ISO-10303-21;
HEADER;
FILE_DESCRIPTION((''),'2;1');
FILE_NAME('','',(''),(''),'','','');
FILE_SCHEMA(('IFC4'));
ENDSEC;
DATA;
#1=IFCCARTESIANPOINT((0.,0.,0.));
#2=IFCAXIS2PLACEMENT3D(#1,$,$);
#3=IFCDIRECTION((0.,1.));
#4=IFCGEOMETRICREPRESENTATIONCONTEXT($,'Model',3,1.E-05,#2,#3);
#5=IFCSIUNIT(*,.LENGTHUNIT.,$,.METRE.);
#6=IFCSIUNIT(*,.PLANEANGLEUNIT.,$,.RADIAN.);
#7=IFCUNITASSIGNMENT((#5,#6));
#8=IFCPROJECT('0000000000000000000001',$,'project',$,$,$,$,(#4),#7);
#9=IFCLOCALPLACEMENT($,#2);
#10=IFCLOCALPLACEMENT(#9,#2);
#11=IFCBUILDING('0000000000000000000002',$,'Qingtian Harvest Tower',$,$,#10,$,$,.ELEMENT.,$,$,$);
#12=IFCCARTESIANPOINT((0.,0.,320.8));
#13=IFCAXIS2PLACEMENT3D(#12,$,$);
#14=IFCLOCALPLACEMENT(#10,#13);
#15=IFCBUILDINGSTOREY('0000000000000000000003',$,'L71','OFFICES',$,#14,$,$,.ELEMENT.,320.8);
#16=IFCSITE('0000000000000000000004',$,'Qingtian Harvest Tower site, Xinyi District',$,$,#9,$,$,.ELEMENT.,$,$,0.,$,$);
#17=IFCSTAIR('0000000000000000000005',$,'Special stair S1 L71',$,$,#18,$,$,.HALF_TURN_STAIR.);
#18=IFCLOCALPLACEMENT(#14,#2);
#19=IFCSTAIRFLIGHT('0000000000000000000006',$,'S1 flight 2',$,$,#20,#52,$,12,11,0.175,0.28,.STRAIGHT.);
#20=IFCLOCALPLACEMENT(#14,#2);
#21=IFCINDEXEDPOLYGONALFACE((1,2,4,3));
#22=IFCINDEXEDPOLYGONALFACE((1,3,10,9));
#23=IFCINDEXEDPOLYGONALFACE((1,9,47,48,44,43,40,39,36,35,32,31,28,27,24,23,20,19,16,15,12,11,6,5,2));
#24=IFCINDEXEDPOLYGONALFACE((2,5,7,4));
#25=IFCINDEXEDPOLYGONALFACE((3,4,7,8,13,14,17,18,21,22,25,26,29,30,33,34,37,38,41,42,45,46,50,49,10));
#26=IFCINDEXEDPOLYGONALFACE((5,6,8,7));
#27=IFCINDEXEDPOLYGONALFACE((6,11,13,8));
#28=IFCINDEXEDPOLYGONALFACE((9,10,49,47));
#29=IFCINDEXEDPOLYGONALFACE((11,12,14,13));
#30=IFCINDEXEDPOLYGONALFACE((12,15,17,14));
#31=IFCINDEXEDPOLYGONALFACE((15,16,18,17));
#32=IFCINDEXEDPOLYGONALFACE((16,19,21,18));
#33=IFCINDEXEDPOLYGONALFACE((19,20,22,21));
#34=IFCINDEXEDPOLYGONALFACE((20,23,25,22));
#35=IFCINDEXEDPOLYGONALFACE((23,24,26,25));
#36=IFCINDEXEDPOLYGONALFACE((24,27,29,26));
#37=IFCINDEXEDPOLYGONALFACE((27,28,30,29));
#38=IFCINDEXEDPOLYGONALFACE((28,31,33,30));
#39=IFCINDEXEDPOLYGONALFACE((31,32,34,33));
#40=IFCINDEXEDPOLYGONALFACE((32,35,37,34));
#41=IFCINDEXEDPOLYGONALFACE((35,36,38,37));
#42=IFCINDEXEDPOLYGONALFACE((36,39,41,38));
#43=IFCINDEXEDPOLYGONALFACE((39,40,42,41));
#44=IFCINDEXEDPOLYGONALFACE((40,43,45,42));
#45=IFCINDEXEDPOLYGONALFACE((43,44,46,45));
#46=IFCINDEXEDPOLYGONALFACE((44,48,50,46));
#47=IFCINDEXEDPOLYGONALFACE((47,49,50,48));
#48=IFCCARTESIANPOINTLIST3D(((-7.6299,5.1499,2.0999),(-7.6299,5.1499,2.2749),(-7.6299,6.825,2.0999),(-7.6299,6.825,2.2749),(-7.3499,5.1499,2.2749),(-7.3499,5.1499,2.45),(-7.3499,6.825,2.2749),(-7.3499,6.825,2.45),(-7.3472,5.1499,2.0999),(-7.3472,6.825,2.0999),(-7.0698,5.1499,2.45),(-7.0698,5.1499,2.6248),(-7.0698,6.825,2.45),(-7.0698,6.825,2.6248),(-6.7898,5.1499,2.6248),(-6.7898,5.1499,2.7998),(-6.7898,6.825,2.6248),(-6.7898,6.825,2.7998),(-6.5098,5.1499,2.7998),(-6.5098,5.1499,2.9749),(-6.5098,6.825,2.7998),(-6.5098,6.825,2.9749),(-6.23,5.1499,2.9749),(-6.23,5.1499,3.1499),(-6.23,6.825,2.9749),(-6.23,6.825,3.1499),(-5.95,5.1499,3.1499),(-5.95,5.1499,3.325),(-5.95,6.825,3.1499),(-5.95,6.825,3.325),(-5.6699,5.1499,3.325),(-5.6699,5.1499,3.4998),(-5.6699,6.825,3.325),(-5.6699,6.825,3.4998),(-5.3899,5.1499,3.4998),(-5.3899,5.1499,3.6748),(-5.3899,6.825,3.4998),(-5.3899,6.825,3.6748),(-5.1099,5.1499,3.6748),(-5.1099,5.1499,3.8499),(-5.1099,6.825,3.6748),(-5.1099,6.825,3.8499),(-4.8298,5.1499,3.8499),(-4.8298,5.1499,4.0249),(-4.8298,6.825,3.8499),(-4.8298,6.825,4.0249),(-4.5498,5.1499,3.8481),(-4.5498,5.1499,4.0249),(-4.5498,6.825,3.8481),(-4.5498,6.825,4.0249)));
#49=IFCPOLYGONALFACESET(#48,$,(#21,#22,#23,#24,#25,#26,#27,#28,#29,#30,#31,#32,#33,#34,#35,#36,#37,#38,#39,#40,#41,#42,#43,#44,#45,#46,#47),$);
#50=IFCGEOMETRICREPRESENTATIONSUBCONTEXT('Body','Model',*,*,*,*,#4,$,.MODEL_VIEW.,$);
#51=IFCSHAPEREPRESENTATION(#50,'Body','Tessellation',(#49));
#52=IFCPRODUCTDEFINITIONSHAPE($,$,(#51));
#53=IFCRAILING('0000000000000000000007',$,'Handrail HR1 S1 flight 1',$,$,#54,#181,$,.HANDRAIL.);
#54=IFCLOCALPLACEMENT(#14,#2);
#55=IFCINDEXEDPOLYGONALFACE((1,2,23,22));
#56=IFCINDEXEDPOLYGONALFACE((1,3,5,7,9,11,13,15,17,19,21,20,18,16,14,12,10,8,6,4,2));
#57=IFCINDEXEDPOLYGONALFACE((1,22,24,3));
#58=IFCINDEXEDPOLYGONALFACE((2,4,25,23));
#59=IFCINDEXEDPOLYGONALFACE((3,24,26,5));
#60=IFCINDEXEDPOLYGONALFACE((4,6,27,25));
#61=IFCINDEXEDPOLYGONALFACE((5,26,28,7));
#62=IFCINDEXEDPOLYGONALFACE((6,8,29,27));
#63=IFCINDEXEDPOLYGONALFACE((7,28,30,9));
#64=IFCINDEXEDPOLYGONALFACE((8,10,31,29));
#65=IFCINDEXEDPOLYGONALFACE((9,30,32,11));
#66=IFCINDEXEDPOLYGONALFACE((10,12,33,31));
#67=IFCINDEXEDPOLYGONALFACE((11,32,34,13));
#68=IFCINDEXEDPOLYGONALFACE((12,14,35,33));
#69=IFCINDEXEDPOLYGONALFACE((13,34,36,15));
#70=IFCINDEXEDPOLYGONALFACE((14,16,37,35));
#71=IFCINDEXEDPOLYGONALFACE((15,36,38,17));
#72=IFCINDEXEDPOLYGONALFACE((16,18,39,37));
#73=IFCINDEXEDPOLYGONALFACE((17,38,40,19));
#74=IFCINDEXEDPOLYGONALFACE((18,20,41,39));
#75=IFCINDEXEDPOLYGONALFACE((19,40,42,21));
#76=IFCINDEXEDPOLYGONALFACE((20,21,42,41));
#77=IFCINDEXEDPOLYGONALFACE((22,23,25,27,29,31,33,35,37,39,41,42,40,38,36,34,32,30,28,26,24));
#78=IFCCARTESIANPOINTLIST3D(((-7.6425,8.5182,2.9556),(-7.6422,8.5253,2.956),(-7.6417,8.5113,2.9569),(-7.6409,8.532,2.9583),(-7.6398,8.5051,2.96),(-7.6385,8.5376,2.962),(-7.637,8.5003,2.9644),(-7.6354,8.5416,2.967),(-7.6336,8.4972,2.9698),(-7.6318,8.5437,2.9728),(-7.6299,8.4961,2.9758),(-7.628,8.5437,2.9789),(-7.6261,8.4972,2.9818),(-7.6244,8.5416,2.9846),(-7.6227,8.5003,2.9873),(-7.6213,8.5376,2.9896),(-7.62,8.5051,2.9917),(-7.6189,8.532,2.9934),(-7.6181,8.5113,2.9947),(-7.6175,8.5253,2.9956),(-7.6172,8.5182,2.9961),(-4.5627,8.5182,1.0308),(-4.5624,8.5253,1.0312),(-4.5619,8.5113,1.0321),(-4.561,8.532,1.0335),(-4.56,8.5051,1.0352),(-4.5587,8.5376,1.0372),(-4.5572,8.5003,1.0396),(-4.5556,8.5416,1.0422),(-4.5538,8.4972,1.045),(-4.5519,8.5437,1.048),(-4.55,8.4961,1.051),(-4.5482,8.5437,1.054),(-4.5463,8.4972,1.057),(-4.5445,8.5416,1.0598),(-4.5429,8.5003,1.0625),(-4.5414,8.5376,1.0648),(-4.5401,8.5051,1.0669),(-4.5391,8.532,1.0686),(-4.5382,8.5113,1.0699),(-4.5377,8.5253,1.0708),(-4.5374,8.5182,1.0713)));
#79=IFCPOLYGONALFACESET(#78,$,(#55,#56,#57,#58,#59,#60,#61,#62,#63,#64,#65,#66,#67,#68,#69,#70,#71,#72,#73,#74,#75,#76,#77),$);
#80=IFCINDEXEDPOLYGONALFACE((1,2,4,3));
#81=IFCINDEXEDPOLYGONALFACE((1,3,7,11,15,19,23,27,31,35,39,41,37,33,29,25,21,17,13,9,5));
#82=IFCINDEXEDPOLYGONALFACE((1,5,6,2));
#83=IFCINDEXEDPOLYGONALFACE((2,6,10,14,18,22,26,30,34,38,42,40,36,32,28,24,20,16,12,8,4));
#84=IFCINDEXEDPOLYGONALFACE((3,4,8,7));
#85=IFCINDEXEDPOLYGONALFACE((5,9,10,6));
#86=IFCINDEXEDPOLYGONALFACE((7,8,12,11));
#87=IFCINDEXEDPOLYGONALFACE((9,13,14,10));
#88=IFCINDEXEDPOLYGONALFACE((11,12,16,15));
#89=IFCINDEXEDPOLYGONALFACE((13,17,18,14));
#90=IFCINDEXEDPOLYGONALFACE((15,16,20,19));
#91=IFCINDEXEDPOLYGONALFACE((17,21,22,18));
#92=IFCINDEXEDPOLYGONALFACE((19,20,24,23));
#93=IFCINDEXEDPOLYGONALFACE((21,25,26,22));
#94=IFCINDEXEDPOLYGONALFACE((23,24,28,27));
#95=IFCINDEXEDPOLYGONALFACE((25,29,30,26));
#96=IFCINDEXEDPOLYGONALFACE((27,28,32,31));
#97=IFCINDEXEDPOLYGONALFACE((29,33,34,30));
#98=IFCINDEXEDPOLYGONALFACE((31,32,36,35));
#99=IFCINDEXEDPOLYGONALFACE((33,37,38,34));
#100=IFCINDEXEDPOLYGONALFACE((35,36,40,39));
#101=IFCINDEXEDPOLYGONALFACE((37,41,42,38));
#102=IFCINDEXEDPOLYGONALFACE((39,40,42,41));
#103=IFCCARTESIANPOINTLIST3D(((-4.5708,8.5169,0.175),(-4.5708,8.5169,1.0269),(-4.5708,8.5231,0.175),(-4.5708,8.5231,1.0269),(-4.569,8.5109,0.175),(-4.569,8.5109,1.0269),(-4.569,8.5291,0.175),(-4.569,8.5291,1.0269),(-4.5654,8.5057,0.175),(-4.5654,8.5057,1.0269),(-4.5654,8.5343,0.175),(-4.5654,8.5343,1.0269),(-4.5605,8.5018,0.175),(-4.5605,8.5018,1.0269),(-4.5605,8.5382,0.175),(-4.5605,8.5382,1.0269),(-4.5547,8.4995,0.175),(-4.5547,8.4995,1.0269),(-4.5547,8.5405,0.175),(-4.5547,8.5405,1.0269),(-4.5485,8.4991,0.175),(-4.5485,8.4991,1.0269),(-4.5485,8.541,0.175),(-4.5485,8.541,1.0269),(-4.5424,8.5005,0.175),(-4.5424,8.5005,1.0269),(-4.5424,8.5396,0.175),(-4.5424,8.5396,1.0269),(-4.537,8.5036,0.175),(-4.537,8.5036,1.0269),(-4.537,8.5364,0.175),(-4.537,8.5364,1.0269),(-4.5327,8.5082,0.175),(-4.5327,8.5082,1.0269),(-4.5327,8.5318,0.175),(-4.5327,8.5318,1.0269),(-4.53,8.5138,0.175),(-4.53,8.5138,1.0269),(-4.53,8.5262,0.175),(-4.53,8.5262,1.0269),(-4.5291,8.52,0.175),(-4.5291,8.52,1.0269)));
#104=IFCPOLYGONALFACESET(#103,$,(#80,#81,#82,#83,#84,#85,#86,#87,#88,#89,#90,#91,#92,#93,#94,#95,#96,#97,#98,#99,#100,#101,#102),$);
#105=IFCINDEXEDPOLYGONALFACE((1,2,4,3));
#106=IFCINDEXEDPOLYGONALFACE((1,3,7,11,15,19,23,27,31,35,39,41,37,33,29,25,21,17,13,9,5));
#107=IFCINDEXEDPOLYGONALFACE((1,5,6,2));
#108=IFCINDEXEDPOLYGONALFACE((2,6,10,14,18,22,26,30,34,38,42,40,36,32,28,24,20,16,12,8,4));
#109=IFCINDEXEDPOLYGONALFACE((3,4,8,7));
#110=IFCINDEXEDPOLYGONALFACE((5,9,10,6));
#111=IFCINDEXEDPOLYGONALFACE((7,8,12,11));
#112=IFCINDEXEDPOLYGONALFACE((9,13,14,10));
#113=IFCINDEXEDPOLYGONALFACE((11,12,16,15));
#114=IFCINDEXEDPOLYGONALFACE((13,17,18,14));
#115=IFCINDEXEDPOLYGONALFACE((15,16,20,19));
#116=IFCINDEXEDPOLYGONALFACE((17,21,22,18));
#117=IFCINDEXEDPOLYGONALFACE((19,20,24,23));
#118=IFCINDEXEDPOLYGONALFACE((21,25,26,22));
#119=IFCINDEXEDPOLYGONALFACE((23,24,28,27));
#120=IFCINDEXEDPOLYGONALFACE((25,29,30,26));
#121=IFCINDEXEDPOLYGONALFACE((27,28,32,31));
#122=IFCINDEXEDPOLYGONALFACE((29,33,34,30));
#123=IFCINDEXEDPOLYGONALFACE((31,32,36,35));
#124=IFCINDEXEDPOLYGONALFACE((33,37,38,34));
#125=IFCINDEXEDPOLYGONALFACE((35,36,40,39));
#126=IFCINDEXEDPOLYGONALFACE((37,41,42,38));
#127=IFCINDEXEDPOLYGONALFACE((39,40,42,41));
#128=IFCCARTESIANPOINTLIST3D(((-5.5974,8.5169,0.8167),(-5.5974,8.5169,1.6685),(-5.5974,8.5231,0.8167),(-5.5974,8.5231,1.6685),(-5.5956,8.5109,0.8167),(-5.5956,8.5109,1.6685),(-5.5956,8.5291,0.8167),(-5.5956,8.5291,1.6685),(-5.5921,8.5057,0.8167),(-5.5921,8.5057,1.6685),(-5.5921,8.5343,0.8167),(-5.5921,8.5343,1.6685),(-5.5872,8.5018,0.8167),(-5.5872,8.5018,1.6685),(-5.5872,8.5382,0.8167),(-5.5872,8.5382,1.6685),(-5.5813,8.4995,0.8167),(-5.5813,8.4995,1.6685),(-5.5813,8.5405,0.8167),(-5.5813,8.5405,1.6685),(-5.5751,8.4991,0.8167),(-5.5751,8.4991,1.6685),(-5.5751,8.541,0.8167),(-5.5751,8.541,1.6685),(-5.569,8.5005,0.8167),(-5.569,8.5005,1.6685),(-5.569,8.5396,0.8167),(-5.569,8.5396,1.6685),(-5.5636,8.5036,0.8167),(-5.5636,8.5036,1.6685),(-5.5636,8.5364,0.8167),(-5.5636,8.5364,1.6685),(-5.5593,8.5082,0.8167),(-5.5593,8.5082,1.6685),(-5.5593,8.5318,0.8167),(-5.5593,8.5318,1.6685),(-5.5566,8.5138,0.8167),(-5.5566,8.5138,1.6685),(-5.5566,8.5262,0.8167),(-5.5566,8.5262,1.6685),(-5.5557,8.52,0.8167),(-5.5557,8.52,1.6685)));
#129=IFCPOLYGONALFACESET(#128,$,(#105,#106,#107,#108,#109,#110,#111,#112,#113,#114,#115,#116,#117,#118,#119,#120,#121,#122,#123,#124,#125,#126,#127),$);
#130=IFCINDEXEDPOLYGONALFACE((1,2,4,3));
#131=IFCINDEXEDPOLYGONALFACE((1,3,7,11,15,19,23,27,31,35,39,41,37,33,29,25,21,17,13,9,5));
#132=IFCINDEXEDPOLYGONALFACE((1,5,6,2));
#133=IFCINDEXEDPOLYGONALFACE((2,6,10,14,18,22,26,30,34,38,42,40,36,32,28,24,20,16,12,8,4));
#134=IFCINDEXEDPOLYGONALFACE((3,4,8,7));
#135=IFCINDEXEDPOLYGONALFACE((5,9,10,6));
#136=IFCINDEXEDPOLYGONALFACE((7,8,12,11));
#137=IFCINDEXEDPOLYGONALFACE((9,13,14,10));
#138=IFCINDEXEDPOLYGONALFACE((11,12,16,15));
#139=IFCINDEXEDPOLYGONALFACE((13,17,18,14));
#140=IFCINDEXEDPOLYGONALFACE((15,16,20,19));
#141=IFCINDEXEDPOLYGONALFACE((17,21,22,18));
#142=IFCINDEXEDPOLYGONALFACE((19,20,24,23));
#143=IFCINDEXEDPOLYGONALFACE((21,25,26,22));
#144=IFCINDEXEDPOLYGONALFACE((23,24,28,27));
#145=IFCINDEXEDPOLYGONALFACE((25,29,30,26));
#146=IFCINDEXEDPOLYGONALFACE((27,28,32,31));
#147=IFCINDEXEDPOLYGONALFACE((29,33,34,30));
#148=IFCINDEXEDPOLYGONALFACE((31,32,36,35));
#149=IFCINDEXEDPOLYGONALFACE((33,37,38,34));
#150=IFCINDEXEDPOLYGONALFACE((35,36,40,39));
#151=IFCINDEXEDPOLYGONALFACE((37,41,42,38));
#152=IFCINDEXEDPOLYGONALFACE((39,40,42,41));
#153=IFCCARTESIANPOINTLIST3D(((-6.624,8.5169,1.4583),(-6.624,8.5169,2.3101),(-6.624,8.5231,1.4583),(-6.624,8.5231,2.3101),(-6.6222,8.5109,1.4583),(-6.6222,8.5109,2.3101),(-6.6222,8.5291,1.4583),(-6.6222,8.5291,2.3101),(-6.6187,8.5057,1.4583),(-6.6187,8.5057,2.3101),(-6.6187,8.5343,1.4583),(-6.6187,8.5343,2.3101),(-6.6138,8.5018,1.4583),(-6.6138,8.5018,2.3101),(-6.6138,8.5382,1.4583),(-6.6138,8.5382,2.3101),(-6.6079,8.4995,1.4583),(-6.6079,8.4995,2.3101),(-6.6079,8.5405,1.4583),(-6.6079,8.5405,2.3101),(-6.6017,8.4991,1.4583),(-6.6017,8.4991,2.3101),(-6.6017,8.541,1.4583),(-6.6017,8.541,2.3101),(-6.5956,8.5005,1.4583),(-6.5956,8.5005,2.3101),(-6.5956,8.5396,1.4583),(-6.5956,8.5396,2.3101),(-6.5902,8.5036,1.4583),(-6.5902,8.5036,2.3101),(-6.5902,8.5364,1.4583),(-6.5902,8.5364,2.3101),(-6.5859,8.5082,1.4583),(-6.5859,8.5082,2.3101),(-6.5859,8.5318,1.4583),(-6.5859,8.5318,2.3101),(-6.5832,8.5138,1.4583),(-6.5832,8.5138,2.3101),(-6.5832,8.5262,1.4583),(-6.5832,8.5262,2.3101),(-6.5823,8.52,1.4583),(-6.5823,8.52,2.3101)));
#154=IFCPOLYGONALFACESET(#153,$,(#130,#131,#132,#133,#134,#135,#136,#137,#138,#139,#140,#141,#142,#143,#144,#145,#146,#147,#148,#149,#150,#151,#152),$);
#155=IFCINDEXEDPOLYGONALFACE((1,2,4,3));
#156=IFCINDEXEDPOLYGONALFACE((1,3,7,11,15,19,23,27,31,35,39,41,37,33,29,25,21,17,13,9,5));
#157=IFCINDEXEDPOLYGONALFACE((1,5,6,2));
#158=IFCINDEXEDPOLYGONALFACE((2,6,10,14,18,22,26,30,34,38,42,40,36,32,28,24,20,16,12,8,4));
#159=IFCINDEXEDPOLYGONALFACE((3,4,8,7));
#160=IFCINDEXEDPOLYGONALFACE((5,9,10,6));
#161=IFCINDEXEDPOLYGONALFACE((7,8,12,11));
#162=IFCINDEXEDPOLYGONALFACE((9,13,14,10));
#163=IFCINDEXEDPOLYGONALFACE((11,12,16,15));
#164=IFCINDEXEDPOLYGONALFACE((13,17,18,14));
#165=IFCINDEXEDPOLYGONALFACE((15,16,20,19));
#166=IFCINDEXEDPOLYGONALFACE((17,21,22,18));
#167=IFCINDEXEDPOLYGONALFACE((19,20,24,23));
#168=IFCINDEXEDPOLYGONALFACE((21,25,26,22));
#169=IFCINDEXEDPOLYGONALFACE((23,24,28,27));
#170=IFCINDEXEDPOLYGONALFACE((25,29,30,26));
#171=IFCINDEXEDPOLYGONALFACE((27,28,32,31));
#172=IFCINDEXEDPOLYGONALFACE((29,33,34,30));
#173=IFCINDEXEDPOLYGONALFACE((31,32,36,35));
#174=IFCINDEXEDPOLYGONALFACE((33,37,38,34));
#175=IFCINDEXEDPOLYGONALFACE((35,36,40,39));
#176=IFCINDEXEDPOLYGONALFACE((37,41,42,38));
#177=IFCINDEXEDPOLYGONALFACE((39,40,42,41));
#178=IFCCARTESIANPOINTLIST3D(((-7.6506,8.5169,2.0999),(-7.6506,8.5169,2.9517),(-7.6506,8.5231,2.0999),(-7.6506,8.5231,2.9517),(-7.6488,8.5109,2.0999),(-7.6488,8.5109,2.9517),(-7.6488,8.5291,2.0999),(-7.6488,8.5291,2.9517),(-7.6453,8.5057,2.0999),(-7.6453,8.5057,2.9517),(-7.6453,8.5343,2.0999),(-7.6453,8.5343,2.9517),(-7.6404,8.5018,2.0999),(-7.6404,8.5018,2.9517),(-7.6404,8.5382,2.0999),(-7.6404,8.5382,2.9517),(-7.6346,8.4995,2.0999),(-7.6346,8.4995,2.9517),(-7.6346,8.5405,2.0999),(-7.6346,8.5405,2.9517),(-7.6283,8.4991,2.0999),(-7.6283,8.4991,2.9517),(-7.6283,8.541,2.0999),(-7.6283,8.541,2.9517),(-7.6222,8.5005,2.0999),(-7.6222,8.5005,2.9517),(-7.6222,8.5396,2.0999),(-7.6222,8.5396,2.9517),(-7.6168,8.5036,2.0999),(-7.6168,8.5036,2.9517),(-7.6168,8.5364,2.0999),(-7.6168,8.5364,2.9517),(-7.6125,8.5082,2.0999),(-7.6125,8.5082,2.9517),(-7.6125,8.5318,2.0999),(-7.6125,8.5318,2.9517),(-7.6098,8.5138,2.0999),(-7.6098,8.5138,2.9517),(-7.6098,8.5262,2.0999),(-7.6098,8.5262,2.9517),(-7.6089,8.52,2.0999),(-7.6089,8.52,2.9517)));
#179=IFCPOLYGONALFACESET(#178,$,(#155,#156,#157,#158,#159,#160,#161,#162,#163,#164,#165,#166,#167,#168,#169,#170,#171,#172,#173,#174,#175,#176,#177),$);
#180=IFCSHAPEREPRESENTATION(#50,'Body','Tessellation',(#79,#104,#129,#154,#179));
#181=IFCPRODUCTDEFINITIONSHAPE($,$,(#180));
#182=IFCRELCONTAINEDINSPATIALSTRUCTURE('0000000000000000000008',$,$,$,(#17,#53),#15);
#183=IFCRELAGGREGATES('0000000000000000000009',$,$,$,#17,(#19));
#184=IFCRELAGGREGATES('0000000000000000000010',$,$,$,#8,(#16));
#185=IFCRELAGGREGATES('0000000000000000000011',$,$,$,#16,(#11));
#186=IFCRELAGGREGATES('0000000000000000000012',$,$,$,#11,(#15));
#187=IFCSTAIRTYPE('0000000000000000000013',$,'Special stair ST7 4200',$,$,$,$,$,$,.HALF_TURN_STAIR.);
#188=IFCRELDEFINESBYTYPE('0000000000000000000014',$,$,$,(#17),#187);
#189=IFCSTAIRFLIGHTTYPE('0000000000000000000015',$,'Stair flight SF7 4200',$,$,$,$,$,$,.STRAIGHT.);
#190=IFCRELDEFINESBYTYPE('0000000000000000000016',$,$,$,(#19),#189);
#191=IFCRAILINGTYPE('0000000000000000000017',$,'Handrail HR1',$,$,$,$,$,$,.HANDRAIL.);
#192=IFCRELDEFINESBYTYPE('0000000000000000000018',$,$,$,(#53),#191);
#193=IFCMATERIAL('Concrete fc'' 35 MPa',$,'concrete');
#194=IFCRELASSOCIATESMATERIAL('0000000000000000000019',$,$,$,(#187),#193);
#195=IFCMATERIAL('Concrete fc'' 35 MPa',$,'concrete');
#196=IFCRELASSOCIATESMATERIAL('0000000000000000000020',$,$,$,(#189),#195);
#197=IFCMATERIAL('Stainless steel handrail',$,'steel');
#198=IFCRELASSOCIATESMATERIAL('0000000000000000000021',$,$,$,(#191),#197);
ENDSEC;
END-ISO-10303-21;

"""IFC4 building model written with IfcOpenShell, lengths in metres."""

from ifc_helpers import new_model, si_unit, direction, frame, origin, origin_2d, place, context, subcontext, project, spatial, polyline, circle, outline, extrude, material, type_object, element, aggregate, save


model = new_model("IFC4")

# Units and contexts
model_context = context("Model", 3, precision=1e-05, world=origin(), true_north=direction((0.0, 1.0)))
body_context = subcontext(model_context, "Body", "Model", "MODEL_VIEW")
ifc_project = project(units=[si_unit("LENGTHUNIT", "METRE"), si_unit("PLANEANGLEUNIT", "RADIAN")], contexts=[model_context])

# Site, building, storey
site_placement = place(None, origin())
site = spatial("IfcSite", under=ifc_project, at=site_placement, Name="Qingtian Harvest Tower site, Xinyi District", CompositionType="ELEMENT", RefElevation=0.0)
building_placement = place(site_placement, origin())
building = spatial("IfcBuilding", under=site, at=building_placement, Name="Qingtian Harvest Tower", CompositionType="ELEMENT")
storey_placement = place(building_placement, frame((0.0, 0.0, 320.8)))
storey = spatial("IfcBuildingStorey", under=building, at=storey_placement, Name="L71", Description="OFFICES", CompositionType="ELEMENT", Elevation=320.8)

# Stair, stair flight
ifc_material_1 = material(Name="Concrete fc' 35 MPa", Category="concrete")
stair_type = type_object("IfcStairType", Name="Special stair ST7 4200", PredefinedType="HALF_TURN_STAIR", material=ifc_material_1)
stair_placement = place(storey_placement, origin())
stair = element("IfcStair", 1, at=stair_placement, inside=storey, type_object=stair_type, Name="Special stair S1 L71", PredefinedType="HALF_TURN_STAIR")
ifc_material_2 = material(Name="Concrete fc' 35 MPa", Category="concrete")
stair_flight_type = type_object("IfcStairFlightType", Name="Stair flight SF7 4200", PredefinedType="STRAIGHT", material=ifc_material_2)
stair_flight_1_placement = place(storey_placement, frame((-7.6299, 5.9875, 2.0999), z_axis=(0.0, 0.0, 1.0), x_axis=(1.0, 0.0, 0.0)))
stair_flight_1 = element("IfcStairFlight", 2, at=stair_flight_1_placement, type_object=stair_flight_type, Name="S1 flight 2", NumberOfRisers=12, NumberOfTreads=11, PredefinedType="STRAIGHT", RiserHeight=0.175, TreadLength=0.28, context=body_context, shape_type="SweptSolid", body=[
    extrude(outline(polyline([(0.0, 0.0), (0.0, 0.175), (0.28, 0.175), (0.28, 0.3501), (0.5601, 0.3501), (0.5601, 0.5249), (0.8401, 0.5249), (0.8401, 0.7), (1.1201, 0.7), (1.1201, 0.875), (1.3999, 0.875), (1.3999, 1.05), (1.6799, 1.05), (1.6799, 1.2251), (1.96, 1.2251), (1.96, 1.3999), (2.24, 1.3999), (2.24, 1.575), (2.52, 1.575), (2.52, 1.75), (2.8, 1.75), (2.8, 1.925), (3.0801, 1.925), (3.0801, 2.1001), (3.0801, 1.7483), (0.2827, 0.0), (0.0, 0.0)])), frame((0.0, 0.8374, 0.0), z_axis=(0.0, -1.0, 0.0), x_axis=(1.0, 0.0, 0.0)), (0.0, 0.0, 1.0), 1.675),
])
aggregate(stair, [stair_flight_1])

# Railing
ifc_material_3 = material(Name="Stainless steel handrail", Category="steel")
railing_type = type_object("IfcRailingType", Name="Handrail HR1", PredefinedType="HANDRAIL", material=ifc_material_3)
railing_placement = place(storey_placement, frame((-4.55, 8.52, 0.175)))
element("IfcRailing", 3, at=railing_placement, inside=storey, type_object=railing_type, Name="Handrail HR1 S1 flight 1", PredefinedType="HANDRAIL", context=body_context, shape_type="SweptSolid", body=[
    extrude(circle(Radius=0.0239, at=origin_2d()), frame((0.0, 0.0, 0.876), z_axis=(-0.84801, 0.0, 0.529981), x_axis=(0.0, -1.0, 0.0)), (0.0, 0.0, 1.0), 3.6318),
    extrude(circle(Radius=0.021, at=origin_2d()), origin(), (0.0, 0.0, 1.0), 0.8518),
    extrude(circle(Radius=0.021, at=origin_2d()), frame((-1.0266, 0.0, 0.6416)), (0.0, 0.0, 1.0), 0.8518),
    extrude(circle(Radius=0.021, at=origin_2d()), frame((-2.0532, 0.0, 1.2832)), (0.0, 0.0, 1.0), 0.8518),
    extrude(circle(Radius=0.021, at=origin_2d()), frame((-3.0798, 0.0, 1.9248)), (0.0, 0.0, 1.0), 0.8518),
])

save(model, "model.ifc")
